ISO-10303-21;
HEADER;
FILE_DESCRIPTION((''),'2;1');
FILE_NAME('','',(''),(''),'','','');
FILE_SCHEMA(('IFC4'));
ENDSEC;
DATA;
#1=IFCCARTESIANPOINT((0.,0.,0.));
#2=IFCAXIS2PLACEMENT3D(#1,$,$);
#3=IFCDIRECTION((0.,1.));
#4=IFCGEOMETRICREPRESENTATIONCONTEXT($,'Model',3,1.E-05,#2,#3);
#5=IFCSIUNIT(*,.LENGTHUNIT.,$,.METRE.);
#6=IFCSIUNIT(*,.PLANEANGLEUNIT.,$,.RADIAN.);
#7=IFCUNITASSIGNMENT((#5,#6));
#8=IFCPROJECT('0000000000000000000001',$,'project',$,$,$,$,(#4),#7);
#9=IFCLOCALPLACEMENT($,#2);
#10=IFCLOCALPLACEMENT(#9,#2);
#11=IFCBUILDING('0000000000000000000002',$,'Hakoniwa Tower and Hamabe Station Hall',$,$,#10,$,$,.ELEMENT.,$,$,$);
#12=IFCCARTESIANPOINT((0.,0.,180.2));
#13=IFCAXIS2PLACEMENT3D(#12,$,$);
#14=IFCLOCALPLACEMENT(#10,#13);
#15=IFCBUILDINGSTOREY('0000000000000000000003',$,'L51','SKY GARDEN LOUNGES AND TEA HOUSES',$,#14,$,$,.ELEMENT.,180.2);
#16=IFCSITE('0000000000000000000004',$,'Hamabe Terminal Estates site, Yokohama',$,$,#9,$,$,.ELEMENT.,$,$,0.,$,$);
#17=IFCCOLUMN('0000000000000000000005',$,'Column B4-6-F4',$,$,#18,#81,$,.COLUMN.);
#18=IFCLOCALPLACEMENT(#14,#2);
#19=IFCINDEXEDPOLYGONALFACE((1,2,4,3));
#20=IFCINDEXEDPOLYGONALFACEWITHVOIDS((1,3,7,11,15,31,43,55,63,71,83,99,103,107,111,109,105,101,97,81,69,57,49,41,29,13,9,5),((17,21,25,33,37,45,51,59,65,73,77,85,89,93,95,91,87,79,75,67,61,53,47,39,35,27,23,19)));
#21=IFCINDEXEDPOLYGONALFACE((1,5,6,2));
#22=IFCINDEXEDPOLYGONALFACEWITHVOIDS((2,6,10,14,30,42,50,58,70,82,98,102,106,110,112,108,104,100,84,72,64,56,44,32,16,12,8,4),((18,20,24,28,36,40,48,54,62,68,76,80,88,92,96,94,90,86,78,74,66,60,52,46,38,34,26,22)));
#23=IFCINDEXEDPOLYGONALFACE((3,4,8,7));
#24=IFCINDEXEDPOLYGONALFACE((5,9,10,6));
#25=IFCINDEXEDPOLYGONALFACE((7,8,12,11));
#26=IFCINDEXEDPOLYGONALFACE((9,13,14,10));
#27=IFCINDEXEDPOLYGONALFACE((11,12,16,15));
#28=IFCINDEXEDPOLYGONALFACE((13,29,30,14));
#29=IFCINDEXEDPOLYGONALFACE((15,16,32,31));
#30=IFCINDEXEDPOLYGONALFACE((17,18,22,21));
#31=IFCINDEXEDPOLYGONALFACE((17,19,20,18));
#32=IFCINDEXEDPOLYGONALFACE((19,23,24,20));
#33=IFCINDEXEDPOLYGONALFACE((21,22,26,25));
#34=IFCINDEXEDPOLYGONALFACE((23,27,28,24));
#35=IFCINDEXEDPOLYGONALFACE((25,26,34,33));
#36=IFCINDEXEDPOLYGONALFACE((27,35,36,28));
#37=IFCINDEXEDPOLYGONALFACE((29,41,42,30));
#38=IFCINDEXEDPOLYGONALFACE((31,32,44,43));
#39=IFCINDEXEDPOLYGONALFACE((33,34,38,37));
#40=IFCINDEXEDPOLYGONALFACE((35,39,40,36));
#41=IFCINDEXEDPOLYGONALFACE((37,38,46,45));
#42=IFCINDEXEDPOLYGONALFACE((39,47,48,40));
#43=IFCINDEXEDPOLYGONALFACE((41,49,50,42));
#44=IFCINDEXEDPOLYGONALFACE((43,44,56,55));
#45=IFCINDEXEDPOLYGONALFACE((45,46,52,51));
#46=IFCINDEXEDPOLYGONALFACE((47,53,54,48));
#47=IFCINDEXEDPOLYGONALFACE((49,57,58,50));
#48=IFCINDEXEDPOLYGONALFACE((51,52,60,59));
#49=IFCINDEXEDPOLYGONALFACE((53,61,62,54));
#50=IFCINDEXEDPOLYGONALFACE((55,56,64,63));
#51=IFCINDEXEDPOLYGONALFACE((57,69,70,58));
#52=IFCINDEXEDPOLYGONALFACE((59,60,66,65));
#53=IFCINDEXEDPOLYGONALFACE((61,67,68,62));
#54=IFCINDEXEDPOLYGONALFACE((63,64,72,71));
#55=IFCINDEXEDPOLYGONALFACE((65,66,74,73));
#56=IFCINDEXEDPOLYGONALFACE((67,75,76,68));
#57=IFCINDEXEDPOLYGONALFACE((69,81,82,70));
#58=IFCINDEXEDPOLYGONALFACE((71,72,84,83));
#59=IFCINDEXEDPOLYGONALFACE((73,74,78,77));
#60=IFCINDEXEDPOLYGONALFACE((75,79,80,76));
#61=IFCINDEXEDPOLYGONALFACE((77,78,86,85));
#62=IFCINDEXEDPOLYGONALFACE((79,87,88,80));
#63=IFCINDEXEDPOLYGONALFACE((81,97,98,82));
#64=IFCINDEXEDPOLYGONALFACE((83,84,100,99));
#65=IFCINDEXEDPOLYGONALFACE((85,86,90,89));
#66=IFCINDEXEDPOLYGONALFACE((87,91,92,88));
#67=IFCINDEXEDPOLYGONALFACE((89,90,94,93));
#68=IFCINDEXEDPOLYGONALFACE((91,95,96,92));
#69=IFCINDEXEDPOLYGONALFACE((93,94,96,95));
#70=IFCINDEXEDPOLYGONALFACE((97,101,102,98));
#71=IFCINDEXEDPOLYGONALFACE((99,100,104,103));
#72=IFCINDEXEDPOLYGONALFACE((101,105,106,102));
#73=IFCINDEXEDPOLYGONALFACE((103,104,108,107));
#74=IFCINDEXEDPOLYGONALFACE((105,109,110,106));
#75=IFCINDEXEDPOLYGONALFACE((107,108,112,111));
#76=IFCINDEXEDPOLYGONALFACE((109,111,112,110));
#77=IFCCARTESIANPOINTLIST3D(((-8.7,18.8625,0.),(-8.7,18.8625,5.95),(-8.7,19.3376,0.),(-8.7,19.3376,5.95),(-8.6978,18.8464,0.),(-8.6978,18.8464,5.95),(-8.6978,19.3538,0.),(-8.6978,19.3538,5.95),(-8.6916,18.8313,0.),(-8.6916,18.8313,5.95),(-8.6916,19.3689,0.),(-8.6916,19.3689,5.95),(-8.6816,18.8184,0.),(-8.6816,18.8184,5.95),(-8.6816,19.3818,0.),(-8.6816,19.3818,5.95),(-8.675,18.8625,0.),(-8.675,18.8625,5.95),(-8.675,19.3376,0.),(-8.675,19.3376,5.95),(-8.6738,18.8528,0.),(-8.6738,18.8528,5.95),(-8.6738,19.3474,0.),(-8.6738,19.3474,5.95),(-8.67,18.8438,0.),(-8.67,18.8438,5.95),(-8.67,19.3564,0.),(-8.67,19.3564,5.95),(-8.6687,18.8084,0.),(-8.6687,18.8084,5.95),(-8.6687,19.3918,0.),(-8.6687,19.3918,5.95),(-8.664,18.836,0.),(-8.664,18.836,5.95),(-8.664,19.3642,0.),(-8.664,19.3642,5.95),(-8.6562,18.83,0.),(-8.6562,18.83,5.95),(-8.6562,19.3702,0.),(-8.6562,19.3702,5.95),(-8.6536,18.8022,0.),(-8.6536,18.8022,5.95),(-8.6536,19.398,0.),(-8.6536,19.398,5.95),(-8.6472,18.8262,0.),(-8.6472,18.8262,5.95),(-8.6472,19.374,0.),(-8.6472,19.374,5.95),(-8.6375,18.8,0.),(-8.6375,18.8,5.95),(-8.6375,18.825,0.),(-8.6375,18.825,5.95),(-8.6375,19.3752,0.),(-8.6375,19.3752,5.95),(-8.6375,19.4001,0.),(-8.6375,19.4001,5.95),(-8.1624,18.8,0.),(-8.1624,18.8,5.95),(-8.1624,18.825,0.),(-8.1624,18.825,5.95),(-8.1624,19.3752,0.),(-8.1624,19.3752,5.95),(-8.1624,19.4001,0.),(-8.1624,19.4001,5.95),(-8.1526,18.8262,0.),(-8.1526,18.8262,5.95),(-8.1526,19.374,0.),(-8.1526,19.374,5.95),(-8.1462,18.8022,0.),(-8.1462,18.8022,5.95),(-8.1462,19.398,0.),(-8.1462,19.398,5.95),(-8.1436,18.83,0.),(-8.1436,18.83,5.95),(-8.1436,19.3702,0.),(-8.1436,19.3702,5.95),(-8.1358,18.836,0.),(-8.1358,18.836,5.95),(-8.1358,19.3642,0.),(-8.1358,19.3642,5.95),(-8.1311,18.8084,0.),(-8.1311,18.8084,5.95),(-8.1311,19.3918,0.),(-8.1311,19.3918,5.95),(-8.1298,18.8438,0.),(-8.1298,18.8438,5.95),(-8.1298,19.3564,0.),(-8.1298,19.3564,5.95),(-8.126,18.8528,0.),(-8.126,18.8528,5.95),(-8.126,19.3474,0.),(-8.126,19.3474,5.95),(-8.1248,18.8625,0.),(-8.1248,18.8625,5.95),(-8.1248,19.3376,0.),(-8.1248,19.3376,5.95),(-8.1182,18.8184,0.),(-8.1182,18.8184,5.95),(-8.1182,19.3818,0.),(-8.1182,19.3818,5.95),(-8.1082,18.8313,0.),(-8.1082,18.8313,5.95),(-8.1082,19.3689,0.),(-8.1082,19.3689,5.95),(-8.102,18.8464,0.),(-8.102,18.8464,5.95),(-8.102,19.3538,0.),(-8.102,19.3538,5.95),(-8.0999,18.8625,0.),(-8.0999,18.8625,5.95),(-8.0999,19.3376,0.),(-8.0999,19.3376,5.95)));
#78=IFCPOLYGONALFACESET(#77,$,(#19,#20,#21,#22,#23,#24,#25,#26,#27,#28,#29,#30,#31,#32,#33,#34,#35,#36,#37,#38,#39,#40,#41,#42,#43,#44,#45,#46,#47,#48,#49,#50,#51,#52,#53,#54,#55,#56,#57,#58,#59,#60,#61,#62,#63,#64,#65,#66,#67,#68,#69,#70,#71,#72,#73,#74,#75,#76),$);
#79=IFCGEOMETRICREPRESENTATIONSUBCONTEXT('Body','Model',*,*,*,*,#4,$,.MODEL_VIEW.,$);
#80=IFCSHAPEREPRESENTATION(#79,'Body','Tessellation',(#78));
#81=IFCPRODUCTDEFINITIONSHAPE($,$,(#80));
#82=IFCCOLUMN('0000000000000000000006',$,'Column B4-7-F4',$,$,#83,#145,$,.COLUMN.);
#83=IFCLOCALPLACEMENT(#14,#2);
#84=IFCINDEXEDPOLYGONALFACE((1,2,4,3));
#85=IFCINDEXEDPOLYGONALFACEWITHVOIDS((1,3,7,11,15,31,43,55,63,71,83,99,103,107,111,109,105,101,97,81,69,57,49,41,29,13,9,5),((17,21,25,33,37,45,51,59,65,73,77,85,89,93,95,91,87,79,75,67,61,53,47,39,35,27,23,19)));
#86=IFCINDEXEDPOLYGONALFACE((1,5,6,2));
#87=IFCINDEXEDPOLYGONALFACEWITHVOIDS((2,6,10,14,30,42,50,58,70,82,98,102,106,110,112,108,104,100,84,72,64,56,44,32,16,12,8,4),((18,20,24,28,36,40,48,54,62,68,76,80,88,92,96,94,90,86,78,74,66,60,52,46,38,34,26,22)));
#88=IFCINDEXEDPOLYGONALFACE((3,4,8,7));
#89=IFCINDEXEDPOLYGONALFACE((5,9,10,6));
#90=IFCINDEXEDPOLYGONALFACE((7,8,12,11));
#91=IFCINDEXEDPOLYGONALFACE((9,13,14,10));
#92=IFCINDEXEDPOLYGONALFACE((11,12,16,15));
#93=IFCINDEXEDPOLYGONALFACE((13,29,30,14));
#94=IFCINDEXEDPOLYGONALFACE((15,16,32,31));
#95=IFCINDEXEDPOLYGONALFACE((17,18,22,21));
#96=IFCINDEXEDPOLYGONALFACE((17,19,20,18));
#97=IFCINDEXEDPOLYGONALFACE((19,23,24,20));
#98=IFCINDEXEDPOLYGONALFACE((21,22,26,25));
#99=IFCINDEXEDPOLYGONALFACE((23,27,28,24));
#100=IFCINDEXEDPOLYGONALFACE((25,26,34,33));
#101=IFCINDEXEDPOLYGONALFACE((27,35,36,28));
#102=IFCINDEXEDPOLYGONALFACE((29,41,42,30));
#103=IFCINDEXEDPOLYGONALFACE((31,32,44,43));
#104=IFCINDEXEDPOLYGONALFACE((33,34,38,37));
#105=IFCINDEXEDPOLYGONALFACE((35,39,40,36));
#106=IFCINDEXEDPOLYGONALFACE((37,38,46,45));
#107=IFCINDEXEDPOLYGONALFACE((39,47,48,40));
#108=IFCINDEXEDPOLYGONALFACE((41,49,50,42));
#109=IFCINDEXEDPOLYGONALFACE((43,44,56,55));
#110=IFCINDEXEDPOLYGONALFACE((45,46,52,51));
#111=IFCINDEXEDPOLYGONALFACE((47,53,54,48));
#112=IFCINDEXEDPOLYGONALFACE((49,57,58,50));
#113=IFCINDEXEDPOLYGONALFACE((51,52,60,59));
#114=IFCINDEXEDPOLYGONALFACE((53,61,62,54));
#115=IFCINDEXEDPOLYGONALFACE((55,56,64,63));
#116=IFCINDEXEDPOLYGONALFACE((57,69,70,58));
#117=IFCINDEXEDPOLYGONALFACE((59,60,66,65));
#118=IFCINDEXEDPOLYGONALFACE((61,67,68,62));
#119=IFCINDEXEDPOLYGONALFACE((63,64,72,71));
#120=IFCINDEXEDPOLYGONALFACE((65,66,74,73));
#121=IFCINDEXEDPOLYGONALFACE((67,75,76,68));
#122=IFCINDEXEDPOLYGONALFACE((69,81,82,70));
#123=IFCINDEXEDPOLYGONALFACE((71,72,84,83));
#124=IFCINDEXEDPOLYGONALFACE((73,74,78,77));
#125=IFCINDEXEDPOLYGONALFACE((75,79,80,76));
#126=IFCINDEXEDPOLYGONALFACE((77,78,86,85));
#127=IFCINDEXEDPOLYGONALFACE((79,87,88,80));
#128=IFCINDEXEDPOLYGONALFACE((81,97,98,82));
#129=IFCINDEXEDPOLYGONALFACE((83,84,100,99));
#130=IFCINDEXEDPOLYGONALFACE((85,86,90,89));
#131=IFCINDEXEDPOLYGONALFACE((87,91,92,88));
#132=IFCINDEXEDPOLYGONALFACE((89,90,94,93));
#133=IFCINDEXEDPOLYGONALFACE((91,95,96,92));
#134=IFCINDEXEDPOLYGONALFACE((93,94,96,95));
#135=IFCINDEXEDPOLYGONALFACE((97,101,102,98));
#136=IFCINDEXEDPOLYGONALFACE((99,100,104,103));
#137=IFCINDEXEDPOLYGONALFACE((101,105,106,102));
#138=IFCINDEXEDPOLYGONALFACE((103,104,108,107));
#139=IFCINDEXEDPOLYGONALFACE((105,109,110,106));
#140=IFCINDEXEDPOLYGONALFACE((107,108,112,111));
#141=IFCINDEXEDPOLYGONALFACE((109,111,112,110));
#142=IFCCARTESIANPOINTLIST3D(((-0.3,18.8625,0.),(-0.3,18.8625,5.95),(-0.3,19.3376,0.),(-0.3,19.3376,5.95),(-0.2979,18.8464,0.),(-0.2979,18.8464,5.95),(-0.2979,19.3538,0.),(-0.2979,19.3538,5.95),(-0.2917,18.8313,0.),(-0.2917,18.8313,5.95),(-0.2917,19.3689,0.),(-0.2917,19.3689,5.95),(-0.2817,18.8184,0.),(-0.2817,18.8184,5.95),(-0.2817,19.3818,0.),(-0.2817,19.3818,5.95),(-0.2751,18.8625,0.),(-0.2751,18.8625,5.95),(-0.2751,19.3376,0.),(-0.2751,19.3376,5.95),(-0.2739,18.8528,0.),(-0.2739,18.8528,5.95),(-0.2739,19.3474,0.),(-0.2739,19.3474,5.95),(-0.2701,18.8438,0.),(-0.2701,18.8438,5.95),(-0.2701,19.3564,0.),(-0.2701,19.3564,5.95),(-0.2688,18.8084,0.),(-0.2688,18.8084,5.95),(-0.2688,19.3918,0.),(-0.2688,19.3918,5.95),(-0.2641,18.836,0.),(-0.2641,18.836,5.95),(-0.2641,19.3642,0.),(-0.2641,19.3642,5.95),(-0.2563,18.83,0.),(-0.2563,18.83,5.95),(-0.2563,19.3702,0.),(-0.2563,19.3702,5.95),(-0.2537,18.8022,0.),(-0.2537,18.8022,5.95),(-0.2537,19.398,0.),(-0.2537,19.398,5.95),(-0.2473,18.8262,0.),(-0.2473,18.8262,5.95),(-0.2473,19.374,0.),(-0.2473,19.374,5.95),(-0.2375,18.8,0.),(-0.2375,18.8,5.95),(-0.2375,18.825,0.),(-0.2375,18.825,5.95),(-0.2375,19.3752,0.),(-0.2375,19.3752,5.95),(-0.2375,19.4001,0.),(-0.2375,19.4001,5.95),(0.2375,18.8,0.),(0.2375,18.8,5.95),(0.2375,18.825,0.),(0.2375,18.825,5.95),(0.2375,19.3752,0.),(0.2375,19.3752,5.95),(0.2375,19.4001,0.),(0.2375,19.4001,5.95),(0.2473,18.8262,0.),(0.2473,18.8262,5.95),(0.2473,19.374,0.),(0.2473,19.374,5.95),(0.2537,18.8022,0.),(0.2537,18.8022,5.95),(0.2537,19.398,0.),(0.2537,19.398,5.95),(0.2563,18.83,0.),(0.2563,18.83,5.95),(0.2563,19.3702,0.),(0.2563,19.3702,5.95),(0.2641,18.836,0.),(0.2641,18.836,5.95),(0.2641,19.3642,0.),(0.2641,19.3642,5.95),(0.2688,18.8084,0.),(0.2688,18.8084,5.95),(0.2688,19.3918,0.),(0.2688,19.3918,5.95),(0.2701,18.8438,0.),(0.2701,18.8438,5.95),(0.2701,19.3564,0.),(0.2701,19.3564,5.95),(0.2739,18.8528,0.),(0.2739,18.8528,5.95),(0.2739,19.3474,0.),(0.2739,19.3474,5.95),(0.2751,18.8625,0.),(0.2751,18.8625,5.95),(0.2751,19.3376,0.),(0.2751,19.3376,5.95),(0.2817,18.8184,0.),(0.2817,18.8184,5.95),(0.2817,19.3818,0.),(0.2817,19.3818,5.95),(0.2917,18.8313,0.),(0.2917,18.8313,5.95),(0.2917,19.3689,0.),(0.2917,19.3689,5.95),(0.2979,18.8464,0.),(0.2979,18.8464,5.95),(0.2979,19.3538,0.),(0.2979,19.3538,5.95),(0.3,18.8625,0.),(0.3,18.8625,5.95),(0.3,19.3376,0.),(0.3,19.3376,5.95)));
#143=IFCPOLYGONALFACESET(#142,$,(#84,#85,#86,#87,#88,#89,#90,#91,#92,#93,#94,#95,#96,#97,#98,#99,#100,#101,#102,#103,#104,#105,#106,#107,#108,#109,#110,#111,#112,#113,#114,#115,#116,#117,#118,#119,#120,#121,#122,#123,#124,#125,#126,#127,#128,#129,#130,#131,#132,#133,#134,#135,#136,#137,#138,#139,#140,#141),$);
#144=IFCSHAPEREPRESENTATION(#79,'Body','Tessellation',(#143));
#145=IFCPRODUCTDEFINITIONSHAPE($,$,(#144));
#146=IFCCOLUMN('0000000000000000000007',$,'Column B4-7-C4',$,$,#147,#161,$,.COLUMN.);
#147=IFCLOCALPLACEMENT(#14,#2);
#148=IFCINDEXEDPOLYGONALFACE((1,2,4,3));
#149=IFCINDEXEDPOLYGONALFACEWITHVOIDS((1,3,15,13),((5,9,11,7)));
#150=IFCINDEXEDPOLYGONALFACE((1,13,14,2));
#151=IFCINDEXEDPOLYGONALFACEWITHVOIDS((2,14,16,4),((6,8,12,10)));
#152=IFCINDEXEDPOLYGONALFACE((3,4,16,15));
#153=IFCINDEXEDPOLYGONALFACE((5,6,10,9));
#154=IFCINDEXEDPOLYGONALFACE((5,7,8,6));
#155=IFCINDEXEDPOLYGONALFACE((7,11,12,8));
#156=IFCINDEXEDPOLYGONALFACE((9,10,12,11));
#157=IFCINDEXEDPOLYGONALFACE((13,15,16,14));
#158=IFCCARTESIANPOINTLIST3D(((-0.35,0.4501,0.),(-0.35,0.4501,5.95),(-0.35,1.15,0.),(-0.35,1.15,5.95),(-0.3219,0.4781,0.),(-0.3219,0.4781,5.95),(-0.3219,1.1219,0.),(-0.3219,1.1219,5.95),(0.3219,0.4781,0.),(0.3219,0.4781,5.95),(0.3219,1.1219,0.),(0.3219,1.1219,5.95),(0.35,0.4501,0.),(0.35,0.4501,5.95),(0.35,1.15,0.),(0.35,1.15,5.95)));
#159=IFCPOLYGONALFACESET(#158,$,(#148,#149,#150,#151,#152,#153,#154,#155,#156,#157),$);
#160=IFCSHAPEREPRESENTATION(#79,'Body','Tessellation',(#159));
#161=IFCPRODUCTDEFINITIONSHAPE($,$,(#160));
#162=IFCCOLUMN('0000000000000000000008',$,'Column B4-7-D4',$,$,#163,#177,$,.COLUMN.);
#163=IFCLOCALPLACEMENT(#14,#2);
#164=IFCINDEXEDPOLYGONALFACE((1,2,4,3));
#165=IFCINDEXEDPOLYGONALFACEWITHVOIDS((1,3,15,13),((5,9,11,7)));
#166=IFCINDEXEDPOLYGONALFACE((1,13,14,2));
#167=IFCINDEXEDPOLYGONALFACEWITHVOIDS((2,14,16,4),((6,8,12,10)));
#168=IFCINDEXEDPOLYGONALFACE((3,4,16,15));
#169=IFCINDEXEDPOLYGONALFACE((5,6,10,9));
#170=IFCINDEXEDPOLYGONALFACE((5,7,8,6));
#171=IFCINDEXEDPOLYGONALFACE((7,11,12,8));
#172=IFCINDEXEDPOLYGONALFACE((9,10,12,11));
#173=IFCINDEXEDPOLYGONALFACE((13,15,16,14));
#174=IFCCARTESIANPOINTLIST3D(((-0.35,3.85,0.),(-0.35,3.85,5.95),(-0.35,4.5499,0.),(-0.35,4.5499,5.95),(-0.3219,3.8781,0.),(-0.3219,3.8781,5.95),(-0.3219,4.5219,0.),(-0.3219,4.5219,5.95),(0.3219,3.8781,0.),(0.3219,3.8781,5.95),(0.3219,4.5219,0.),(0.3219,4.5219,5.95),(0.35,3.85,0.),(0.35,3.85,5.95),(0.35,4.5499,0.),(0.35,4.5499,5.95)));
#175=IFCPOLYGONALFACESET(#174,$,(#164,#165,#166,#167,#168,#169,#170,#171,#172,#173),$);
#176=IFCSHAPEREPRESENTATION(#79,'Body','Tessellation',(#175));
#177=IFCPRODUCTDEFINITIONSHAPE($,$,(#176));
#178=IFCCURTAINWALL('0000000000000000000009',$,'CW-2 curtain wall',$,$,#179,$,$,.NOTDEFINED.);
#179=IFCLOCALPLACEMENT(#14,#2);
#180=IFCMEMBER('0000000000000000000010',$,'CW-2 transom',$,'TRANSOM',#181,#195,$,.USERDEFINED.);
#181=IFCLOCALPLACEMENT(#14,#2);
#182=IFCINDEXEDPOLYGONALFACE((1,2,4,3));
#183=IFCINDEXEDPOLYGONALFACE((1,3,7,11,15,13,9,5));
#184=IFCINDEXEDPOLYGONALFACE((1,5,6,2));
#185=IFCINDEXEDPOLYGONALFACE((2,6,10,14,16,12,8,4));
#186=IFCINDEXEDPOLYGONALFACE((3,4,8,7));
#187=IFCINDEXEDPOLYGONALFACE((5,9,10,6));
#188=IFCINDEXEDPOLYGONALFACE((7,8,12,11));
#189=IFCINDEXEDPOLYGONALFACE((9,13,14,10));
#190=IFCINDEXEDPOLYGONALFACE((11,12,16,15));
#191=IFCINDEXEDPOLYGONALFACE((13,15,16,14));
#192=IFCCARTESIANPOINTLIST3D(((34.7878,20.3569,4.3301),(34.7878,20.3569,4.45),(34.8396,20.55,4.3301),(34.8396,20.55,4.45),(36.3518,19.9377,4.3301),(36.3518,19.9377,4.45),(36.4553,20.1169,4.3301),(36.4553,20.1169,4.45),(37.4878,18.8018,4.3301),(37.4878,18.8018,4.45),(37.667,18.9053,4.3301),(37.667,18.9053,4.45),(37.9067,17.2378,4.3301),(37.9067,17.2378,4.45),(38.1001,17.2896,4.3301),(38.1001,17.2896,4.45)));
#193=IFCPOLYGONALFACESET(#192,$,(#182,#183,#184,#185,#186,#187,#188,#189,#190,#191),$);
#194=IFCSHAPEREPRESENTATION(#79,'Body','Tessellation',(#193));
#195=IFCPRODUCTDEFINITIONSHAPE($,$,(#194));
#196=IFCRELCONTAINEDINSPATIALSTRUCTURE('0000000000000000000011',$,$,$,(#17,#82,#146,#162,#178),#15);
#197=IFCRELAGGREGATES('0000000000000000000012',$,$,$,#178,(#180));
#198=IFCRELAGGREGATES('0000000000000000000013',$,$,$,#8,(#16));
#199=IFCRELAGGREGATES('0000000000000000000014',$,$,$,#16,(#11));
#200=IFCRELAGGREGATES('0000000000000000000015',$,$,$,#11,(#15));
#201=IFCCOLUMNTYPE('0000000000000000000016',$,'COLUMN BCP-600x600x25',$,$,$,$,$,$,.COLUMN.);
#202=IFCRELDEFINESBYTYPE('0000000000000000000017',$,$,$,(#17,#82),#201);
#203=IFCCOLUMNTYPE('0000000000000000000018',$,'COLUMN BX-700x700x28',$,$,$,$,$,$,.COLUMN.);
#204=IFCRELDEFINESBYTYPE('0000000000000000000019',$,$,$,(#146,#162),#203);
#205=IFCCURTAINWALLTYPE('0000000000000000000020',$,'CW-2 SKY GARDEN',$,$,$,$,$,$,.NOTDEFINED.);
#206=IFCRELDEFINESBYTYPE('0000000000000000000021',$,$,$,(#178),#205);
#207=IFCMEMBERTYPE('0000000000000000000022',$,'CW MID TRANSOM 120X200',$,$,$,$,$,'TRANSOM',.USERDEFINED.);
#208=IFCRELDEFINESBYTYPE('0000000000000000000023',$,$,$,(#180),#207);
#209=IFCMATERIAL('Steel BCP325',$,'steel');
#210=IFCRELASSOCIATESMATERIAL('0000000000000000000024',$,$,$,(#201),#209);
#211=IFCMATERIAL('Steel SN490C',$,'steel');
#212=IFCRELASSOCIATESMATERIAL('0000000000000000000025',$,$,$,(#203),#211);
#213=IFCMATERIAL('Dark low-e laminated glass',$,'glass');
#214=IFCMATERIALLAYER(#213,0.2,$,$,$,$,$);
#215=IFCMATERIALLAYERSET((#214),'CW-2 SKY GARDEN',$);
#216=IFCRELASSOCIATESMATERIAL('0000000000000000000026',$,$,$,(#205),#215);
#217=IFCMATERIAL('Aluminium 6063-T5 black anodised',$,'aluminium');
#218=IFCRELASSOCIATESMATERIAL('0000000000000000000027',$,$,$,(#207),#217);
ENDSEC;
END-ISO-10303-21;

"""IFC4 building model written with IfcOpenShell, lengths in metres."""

from ifc_helpers import new_model, si_unit, direction, frame, origin, origin_2d, place, context, subcontext, project, spatial, polyline, rectangle, hollow_rectangle, outline, extrude, material, layer, layer_set, material_profile, profile_set, type_object, element, aggregate, save


model = new_model("IFC4")

# Units and contexts
model_context = context("Model", 3, precision=1e-05, world=origin(), true_north=direction((0.0, 1.0)))
body_context = subcontext(model_context, "Body", "Model", "MODEL_VIEW")
ifc_project = project(units=[si_unit("LENGTHUNIT", "METRE"), si_unit("PLANEANGLEUNIT", "RADIAN")], contexts=[model_context])

# Site, building, storey
site_placement = place(None, origin())
site = spatial("IfcSite", under=ifc_project, at=site_placement, Name="Hamabe Terminal Estates site, Yokohama", CompositionType="ELEMENT", RefElevation=0.0)
building_placement = place(site_placement, origin())
building = spatial("IfcBuilding", under=site, at=building_placement, Name="Hakoniwa Tower and Hamabe Station Hall", CompositionType="ELEMENT")
storey_placement = place(building_placement, frame((0.0, 0.0, 180.2)))
storey = spatial("IfcBuildingStorey", under=building, at=storey_placement, Name="L51", Description="SKY GARDEN LOUNGES AND TEA HOUSES", CompositionType="ELEMENT", Elevation=180.2)

# Columns
ifc_material_1 = material(Name="Steel BCP325", Category="steel")
ifc_material_profile_1 = material_profile(ifc_material_1, hollow_rectangle(XDim=0.6001, YDim=0.6001, WallThickness=0.0249, InnerFilletRadius=0.0376, OuterFilletRadius=0.0625, at=origin_2d()), Name="BCP-600x600x25")
ifc_profile_set_1 = profile_set([ifc_material_profile_1], Name="Steel BCP325")
column_type_1 = type_object("IfcColumnType", Name="COLUMN BCP-600x600x25", PredefinedType="COLUMN", material=ifc_profile_set_1)
for number, where, z_axis, x_axis, name in (
    (1, (-8.3999, 19.1001, 0.0), (0.0, 0.0, 1.0), (1.0, 0.0, 0.0), "Column B4-6-F4"),
    (2, (0.0, 19.1001, 0.0), (0.0, 0.0, 1.0), (1.0, 0.0, 0.0), "Column B4-7-F4"),
):
    element("IfcColumn", number, at=place(storey_placement, frame(where, z_axis=z_axis, x_axis=x_axis)), inside=storey, type_object=column_type_1, Name=name, PredefinedType="COLUMN", context=body_context, shape_type="SweptSolid", body=[
        extrude(hollow_rectangle(XDim=0.6001, YDim=0.6001, WallThickness=0.0249, InnerFilletRadius=0.0376, OuterFilletRadius=0.0625, at=origin_2d()), origin(), (0.0, 0.0, 1.0), 5.95),
    ])
ifc_material_2 = material(Name="Steel SN490C", Category="steel")
ifc_material_profile_2 = material_profile(ifc_material_2, hollow_rectangle(XDim=0.7, YDim=0.7, WallThickness=0.0281, at=origin_2d()), Name="BX-700x700x28")
ifc_profile_set_2 = profile_set([ifc_material_profile_2], Name="Steel SN490C")
column_type_2 = type_object("IfcColumnType", Name="COLUMN BX-700x700x28", PredefinedType="COLUMN", material=ifc_profile_set_2)
for number, where, z_axis, x_axis, name in (
    (3, (0.0, 0.8, 0.0), (0.0, 0.0, 1.0), (1.0, 0.0, 0.0), "Column B4-7-C4"),
    (4, (0.0, 4.2, 0.0), (0.0, 0.0, 1.0), (1.0, 0.0, 0.0), "Column B4-7-D4"),
):
    element("IfcColumn", number, at=place(storey_placement, frame(where, z_axis=z_axis, x_axis=x_axis)), inside=storey, type_object=column_type_2, Name=name, PredefinedType="COLUMN", context=body_context, shape_type="SweptSolid", body=[
        extrude(hollow_rectangle(XDim=0.7, YDim=0.7, WallThickness=0.0281, at=origin_2d()), origin(), (0.0, 0.0, 1.0), 5.95),
    ])

# Curtain wall, member
ifc_material_3 = material(Name="Dark low-e laminated glass", Category="glass")
ifc_layer_1 = layer(ifc_material_3, 0.2)
ifc_layer_set_1 = layer_set([ifc_layer_1], Name="CW-2 SKY GARDEN")
curtain_wall_type = type_object("IfcCurtainWallType", Name="CW-2 SKY GARDEN", PredefinedType="NOTDEFINED", material=ifc_layer_set_1)
curtain_wall_1_placement = place(storey_placement, origin())
curtain_wall_1 = element("IfcCurtainWall", 5, at=curtain_wall_1_placement, inside=storey, type_object=curtain_wall_type, Name="CW-2 curtain wall", PredefinedType="NOTDEFINED")
ifc_material_4 = material(Name="Aluminium 6063-T5 black anodised", Category="aluminium")
ifc_material_profile_3 = material_profile(ifc_material_4, rectangle(XDim=0.2, YDim=0.1201, at=origin_2d()), Name="CW MID TRANSOM 120X200")
ifc_profile_set_3 = profile_set([ifc_material_profile_3], Name="Aluminium 6063-T5 black anodised")
member_type_1 = type_object("IfcMemberType", Name="CW MID TRANSOM 120X200", ElementType="TRANSOM", PredefinedType="USERDEFINED", material=ifc_profile_set_3)
member_1_placement = place(storey_placement, frame((0.0, 0.0, 4.3301)))
member_1 = element("IfcMember", 6, at=member_1_placement, type_object=member_type_1, Name="CW-2 transom", ObjectType="TRANSOM", PredefinedType="USERDEFINED", context=body_context, shape_type="SweptSolid", body=[
    extrude(outline(polyline([(38.1001, 17.2896), (37.667, 18.9053), (36.4553, 20.1169), (34.8396, 20.55), (34.7878, 20.3569), (36.3518, 19.9377), (37.4878, 18.8018), (37.9067, 17.2378), (38.1001, 17.2896)])), origin(), (0.0, 0.0, 1.0), 0.1199),
])

aggregate(curtain_wall_1, [member_1])

save(model, "model.ifc")
